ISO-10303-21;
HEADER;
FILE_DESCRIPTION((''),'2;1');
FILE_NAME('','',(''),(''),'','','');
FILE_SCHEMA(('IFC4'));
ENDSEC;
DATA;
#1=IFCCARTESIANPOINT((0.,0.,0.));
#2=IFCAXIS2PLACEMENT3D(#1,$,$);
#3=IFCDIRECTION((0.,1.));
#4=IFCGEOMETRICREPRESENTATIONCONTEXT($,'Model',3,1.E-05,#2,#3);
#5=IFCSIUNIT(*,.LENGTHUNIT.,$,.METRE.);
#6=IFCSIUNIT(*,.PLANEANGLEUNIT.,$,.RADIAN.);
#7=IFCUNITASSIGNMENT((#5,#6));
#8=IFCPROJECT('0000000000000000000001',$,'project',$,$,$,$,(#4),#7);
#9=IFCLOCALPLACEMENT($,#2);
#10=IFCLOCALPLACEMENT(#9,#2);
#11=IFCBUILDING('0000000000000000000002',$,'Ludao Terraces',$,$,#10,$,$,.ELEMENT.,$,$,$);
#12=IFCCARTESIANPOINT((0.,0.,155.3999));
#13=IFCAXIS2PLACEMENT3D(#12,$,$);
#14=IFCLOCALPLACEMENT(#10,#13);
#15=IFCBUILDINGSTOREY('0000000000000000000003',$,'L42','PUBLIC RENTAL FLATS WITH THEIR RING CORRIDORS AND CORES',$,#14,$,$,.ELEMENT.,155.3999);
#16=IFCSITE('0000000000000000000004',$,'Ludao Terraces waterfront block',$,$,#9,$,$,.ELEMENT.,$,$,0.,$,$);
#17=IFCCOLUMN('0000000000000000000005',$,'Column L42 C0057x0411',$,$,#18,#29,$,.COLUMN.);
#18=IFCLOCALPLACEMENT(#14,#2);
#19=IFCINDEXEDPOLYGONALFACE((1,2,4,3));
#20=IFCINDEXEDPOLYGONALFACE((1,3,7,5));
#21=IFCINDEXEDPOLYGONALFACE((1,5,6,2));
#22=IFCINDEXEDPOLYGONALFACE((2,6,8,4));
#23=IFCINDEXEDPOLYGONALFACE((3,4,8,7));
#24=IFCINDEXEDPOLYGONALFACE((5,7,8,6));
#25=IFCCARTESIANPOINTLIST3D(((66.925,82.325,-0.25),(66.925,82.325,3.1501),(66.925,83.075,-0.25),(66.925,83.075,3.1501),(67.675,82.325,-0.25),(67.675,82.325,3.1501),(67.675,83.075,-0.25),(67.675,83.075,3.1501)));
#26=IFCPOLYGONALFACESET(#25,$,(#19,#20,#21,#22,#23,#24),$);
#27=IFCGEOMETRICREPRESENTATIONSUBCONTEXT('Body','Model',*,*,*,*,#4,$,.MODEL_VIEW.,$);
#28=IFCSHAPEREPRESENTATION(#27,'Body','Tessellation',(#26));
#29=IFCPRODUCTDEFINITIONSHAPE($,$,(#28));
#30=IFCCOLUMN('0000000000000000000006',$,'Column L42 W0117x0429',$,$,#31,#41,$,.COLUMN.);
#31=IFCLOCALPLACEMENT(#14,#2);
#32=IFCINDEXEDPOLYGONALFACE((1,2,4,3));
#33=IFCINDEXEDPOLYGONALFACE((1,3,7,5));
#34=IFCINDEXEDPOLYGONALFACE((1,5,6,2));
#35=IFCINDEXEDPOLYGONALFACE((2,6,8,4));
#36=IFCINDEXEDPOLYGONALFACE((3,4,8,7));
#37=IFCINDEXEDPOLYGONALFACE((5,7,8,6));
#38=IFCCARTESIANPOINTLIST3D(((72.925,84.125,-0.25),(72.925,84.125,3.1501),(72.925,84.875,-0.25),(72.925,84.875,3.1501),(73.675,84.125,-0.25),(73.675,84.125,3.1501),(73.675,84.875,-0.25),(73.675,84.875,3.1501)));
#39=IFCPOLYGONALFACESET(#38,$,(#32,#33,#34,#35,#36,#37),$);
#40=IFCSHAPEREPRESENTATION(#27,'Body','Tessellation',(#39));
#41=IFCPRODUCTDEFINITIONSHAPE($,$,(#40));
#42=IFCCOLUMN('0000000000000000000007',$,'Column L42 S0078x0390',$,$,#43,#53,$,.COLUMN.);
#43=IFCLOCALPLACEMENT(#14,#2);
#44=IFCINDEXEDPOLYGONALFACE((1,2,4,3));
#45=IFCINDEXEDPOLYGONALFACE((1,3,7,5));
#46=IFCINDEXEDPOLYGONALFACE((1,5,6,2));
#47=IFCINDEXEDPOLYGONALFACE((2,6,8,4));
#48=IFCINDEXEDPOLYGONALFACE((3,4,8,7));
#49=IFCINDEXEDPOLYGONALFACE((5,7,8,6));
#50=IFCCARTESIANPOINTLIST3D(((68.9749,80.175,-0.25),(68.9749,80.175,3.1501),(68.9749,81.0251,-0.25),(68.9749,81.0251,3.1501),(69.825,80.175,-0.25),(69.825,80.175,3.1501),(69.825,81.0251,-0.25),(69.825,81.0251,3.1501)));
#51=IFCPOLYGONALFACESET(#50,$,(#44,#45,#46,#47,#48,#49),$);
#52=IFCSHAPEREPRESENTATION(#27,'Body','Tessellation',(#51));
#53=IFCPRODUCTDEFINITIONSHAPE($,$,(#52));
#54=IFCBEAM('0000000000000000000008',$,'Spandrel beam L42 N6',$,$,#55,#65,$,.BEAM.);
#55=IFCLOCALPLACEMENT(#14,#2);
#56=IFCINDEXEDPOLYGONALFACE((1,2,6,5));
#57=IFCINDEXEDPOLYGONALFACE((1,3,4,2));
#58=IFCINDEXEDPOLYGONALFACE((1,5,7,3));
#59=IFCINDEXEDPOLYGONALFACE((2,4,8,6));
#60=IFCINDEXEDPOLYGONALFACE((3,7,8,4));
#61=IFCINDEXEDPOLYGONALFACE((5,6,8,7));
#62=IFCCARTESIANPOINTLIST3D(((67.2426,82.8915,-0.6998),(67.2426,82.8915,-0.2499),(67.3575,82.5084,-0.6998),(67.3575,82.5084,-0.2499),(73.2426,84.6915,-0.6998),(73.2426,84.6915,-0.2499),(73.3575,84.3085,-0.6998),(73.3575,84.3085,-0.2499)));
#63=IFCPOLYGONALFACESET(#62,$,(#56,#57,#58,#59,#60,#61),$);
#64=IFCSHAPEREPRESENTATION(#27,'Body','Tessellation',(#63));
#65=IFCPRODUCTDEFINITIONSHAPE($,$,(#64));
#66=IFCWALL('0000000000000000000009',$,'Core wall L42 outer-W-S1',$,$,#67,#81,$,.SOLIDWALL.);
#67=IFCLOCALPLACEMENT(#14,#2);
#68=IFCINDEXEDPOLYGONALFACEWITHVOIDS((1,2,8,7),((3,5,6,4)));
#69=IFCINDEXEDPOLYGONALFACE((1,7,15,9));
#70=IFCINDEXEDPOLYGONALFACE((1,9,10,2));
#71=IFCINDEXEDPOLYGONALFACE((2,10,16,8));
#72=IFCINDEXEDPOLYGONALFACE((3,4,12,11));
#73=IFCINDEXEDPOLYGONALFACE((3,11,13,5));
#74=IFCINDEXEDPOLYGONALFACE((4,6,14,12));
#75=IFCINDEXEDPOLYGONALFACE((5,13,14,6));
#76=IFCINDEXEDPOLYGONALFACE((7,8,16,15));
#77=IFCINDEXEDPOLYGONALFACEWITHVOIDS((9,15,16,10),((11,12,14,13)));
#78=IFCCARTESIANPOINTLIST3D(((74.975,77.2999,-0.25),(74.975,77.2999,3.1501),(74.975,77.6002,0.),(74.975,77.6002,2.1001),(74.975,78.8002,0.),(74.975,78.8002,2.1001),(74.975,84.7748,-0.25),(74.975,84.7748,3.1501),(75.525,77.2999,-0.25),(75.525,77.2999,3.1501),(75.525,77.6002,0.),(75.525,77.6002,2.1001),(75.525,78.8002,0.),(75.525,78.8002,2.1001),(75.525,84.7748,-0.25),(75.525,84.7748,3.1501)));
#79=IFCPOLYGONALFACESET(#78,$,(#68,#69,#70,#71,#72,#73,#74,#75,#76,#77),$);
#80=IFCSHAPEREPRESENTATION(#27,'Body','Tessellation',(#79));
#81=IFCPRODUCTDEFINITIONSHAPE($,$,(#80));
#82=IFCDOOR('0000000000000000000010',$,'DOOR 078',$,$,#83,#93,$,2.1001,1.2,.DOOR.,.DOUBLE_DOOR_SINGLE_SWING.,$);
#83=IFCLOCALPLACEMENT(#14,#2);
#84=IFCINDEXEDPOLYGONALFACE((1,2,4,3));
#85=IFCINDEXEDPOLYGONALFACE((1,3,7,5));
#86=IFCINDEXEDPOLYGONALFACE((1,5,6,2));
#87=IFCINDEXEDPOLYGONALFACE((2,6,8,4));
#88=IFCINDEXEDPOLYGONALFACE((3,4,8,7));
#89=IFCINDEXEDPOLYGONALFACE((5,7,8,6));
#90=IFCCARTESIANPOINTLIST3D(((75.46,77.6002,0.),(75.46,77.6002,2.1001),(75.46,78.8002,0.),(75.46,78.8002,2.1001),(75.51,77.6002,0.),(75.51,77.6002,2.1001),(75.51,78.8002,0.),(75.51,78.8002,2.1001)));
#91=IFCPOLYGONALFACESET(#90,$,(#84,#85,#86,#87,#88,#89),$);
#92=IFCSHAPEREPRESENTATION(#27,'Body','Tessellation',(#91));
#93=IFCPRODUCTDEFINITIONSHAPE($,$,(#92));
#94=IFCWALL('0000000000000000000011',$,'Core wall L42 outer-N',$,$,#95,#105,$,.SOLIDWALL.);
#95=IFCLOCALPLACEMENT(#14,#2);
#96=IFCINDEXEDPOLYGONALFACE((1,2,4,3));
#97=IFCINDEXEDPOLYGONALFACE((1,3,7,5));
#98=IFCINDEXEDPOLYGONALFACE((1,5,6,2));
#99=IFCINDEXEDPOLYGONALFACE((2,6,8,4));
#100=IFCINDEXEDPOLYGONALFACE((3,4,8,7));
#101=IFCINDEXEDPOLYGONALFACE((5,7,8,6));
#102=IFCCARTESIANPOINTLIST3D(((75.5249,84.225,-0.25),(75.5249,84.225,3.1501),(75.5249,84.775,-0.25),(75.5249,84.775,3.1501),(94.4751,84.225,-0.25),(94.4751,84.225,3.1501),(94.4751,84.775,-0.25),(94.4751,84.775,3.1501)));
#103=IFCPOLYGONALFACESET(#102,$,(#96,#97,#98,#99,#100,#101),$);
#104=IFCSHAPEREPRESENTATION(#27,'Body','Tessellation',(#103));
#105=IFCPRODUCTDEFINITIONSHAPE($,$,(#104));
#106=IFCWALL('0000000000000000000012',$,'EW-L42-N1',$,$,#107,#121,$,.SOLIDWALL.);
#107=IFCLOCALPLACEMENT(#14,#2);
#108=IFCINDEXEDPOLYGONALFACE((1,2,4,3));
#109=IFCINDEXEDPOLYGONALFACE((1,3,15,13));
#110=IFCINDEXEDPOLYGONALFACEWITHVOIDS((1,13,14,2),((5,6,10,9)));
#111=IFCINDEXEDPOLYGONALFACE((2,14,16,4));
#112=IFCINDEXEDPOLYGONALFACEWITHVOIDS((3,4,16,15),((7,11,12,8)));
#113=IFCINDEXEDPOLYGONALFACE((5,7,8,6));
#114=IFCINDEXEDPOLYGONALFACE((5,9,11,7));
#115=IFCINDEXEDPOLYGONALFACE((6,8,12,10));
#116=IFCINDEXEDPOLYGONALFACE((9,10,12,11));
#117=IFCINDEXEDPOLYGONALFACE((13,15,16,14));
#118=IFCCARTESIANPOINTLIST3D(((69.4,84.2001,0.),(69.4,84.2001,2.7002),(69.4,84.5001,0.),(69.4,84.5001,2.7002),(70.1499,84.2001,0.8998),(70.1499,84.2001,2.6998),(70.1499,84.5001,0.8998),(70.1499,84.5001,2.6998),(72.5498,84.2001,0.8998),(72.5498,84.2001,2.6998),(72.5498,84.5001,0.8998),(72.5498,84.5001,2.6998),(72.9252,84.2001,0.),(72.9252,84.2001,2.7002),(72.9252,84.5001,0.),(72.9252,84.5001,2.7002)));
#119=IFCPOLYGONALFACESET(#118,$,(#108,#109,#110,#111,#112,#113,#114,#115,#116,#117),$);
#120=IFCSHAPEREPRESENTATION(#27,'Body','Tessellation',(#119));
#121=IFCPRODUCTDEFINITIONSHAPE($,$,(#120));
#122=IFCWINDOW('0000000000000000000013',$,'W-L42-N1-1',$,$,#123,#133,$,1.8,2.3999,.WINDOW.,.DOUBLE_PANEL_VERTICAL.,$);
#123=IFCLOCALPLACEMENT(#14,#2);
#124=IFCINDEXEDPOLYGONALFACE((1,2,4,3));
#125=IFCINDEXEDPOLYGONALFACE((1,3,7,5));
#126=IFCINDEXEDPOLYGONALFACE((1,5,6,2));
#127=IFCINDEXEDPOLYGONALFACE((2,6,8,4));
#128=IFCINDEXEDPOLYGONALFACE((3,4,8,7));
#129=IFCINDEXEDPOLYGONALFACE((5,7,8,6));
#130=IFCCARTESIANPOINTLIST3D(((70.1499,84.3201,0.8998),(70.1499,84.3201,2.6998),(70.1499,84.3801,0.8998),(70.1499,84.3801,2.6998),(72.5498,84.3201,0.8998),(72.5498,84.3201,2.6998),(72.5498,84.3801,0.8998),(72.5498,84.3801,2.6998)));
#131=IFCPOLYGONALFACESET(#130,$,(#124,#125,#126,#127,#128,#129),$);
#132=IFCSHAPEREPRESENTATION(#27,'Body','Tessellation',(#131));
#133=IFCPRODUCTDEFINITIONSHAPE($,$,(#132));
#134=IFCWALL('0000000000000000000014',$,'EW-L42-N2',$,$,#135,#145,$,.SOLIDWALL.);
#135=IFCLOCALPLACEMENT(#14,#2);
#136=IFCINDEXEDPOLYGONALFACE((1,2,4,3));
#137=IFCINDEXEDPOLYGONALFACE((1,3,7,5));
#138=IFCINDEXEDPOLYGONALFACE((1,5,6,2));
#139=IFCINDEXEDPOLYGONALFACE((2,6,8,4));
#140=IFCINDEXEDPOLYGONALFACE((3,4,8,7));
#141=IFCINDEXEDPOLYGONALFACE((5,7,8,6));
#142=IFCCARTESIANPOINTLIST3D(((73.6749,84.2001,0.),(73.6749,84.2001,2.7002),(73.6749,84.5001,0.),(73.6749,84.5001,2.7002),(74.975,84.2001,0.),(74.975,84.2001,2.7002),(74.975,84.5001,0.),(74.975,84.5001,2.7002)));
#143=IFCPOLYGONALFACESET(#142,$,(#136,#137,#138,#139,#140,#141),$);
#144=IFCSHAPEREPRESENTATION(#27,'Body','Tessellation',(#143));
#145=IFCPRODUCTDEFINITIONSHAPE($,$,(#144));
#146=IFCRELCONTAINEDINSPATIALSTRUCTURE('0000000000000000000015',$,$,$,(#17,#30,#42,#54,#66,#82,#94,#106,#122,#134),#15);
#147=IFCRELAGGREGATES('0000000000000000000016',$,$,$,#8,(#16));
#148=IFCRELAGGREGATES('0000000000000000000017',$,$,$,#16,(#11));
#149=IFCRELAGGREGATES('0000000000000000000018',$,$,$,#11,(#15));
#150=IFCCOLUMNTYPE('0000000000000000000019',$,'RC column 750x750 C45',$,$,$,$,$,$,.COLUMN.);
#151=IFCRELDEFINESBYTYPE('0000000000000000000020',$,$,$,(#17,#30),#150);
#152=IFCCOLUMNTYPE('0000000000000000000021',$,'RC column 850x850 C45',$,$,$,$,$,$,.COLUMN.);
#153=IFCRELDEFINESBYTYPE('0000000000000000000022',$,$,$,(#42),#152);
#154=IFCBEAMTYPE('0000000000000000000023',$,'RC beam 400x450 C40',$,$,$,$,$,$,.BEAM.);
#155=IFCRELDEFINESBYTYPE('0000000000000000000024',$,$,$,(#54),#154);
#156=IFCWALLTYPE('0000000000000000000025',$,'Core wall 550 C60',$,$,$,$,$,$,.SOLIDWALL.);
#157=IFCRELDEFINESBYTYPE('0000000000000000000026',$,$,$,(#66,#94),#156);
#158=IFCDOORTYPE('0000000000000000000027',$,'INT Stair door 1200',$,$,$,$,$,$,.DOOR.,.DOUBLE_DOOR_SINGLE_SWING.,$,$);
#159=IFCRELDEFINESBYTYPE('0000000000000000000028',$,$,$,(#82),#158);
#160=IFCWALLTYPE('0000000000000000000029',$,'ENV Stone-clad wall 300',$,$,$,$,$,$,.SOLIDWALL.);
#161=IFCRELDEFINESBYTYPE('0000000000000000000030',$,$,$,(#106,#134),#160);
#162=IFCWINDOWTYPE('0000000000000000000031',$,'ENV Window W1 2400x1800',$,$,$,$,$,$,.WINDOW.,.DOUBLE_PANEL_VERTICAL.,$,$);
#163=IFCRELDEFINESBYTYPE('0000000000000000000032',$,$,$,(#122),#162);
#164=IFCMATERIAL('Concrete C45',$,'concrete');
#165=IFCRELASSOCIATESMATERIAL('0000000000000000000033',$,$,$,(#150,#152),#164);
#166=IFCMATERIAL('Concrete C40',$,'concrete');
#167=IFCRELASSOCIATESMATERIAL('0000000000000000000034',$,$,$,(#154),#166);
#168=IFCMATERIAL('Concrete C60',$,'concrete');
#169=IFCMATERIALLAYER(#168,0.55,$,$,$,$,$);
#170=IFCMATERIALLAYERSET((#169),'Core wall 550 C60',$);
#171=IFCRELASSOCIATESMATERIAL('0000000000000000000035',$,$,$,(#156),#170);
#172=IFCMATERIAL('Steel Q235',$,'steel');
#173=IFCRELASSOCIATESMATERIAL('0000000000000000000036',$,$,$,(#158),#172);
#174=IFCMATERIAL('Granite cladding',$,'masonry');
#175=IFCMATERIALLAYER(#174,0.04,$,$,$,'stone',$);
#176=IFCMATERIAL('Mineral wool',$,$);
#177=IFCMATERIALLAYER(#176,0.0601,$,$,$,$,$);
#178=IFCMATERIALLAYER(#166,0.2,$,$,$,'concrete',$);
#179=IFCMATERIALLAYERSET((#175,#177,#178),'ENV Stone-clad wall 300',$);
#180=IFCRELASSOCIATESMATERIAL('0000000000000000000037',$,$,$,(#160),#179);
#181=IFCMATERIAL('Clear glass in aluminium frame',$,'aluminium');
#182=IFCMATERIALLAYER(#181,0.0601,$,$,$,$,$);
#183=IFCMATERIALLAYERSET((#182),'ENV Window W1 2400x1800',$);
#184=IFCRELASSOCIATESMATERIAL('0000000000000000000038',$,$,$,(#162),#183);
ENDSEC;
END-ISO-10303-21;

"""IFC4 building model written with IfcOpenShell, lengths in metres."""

from ifc_helpers import new_model, si_unit, direction, frame, frame_2d, origin, origin_2d, place, context, subcontext, project, spatial, rectangle, extrude, material, layer, layer_set, material_profile, profile_set, type_object, element, fill, save


model = new_model("IFC4")

# Units and contexts
model_context = context("Model", 3, precision=1e-05, world=origin(), true_north=direction((0.0, 1.0)))
body_context = subcontext(model_context, "Body", "Model", "MODEL_VIEW")
ifc_project = project(units=[si_unit("LENGTHUNIT", "METRE"), si_unit("PLANEANGLEUNIT", "RADIAN")], contexts=[model_context])

# Site, building, storey
site_placement = place(None, origin())
site = spatial("IfcSite", under=ifc_project, at=site_placement, Name="Ludao Terraces waterfront block", CompositionType="ELEMENT", RefElevation=0.0)
building_placement = place(site_placement, origin())
building = spatial("IfcBuilding", under=site, at=building_placement, Name="Ludao Terraces", CompositionType="ELEMENT")
storey_placement = place(building_placement, frame((0.0, 0.0, 155.3999)))
storey = spatial("IfcBuildingStorey", under=building, at=storey_placement, Name="L42", Description="PUBLIC RENTAL FLATS WITH THEIR RING CORRIDORS AND CORES", CompositionType="ELEMENT", Elevation=155.3999)

# Columns
ifc_material_1 = material(Name="Concrete C45", Category="concrete")
ifc_material_profile_1 = material_profile(ifc_material_1, rectangle(XDim=0.75, YDim=0.75, at=origin_2d()), Name="750 X 750")
ifc_profile_set_1 = profile_set([ifc_material_profile_1], Name="Concrete C45")
column_type_1 = type_object("IfcColumnType", Name="RC column 750x750 C45", PredefinedType="COLUMN", material=ifc_profile_set_1)
for number, where, z_axis, x_axis, name in (
    (1, (67.3, 82.7, -0.25), (0.0, 0.0, 1.0), (1.0, 0.0, 0.0), "Column L42 C0057x0411"),
    (2, (73.3, 84.5, -0.25), (0.0, 0.0, 1.0), (1.0, 0.0, 0.0), "Column L42 W0117x0429"),
):
    element("IfcColumn", number, at=place(storey_placement, frame(where, z_axis=z_axis, x_axis=x_axis)), inside=storey, type_object=column_type_1, Name=name, PredefinedType="COLUMN", context=body_context, shape_type="SweptSolid", body=[
        extrude(rectangle(XDim=0.75, YDim=0.75, at=origin_2d()), origin(), (0.0, 0.0, 1.0), 3.4001),
    ])
ifc_material_profile_2 = material_profile(ifc_material_1, rectangle(XDim=0.8501, YDim=0.8501, at=origin_2d()), Name="850 X 850")
ifc_profile_set_2 = profile_set([ifc_material_profile_2], Name="Concrete C45")
column_type_2 = type_object("IfcColumnType", Name="RC column 850x850 C45", PredefinedType="COLUMN", material=ifc_profile_set_2)
column_placement = place(storey_placement, frame((69.3999, 80.6001, -0.25), z_axis=(0.0, 0.0, 1.0), x_axis=(1.0, 0.0, 0.0)))
element("IfcColumn", 3, at=column_placement, inside=storey, type_object=column_type_2, Name="Column L42 S0078x0390", PredefinedType="COLUMN", context=body_context, shape_type="SweptSolid", body=[
    extrude(rectangle(XDim=0.8501, YDim=0.8501, at=origin_2d()), origin(), (0.0, 0.0, 1.0), 3.4001),
])

# Beam
ifc_material_2 = material(Name="Concrete C40", Category="concrete")
ifc_material_profile_3 = material_profile(ifc_material_2, rectangle(XDim=0.3999, YDim=0.45, at=origin_2d()), Name="400 X 450")
ifc_profile_set_3 = profile_set([ifc_material_profile_3], Name="Concrete C40")
beam_type = type_object("IfcBeamType", Name="RC beam 400x450 C40", PredefinedType="BEAM", material=ifc_profile_set_3)
beam_placement = place(storey_placement, frame((67.3, 82.7, -0.4749), z_axis=(0.957824, 0.287355, 0.0), x_axis=(-0.287355, 0.957824, 0.0)))
element("IfcBeam", 4, at=beam_placement, inside=storey, type_object=beam_type, Name="Spandrel beam L42 N6", PredefinedType="BEAM", context=body_context, shape_type="SweptSolid", body=[
    extrude(rectangle(XDim=0.3999, YDim=0.45, at=origin_2d()), origin(), (0.0, 0.0, 1.0), 6.2642),
])

# Wall, opening, door
ifc_material_3 = material(Name="Concrete C60", Category="concrete")
ifc_layer_1 = layer(ifc_material_3, 0.55)
ifc_layer_set_1 = layer_set([ifc_layer_1], Name="Core wall 550 C60")
wall_type_1 = type_object("IfcWallType", Name="Core wall 550 C60", PredefinedType="SOLIDWALL", material=ifc_layer_set_1)
wall_1_placement = place(storey_placement, frame((75.25, 77.3, -0.25), z_axis=(0.0, 0.0, 1.0), x_axis=(0.0, 1.0, 0.0)))
wall_1 = element("IfcWall", 5, at=wall_1_placement, inside=storey, type_object=wall_type_1, Name="Core wall L42 outer-W-S1", PredefinedType="SOLIDWALL", context=body_context, shape_type="SweptSolid", body=[
    extrude(rectangle(XDim=7.4749, YDim=0.55, at=frame_2d((3.7373, 0.0))), origin(), (0.0, 0.0, 1.0), 3.4001),
])
opening_1_placement = place(wall_1_placement, frame((0.3, 0.0, 0.25)))
opening_1 = element("IfcOpeningElement", 6, at=opening_1_placement, cuts=wall_1, PredefinedType="OPENING", context=body_context, shape_type="SweptSolid", body=[
    extrude(rectangle(XDim=1.2, YDim=2.1001, at=frame_2d((0.6001, 1.05))), frame((0.0, 0.2852, 0.0), z_axis=(0.0, -1.0, 0.0), x_axis=(1.0, 0.0, 0.0)), (0.0, 0.0, 1.0), 0.5701),
])
ifc_material_4 = material(Name="Steel Q235", Category="steel")
door_type_1 = type_object("IfcDoorType", Name="INT Stair door 1200", OperationType="DOUBLE_DOOR_SINGLE_SWING", PredefinedType="DOOR", material=ifc_material_4)
door_1_placement = place(opening_1_placement, origin())
door_1 = element("IfcDoor", 7, at=door_1_placement, inside=storey, type_object=door_type_1, Name="DOOR 078", OperationType="DOUBLE_DOOR_SINGLE_SWING", OverallHeight=2.1001, OverallWidth=1.2, PredefinedType="DOOR", context=body_context, shape_type="SweptSolid", body=[
    extrude(rectangle(XDim=1.2, YDim=2.1001, at=frame_2d((0.6001, 1.05))), frame((0.0, -0.21, 0.0), z_axis=(0.0, -1.0, 0.0), x_axis=(1.0, 0.0, 0.0)), (0.0, 0.0, 1.0), 0.05),
])
fill(opening_1, door_1)

# Wall
wall_2_placement = place(storey_placement, frame((75.5249, 84.5, -0.25), z_axis=(0.0, 0.0, 1.0), x_axis=(1.0, 0.0, 0.0)))
element("IfcWall", 8, at=wall_2_placement, inside=storey, type_object=wall_type_1, Name="Core wall L42 outer-N", PredefinedType="SOLIDWALL", context=body_context, shape_type="SweptSolid", body=[
    extrude(rectangle(XDim=18.9502, YDim=0.55, at=frame_2d((9.4751, 0.0))), origin(), (0.0, 0.0, 1.0), 3.4001),
])

# Wall, opening, window
ifc_material_5 = material(Name="Granite cladding", Category="masonry")
ifc_layer_2 = layer(ifc_material_5, 0.04, Category="stone")
ifc_material_6 = material(Name="Mineral wool")
ifc_layer_3 = layer(ifc_material_6, 0.0601)
ifc_layer_4 = layer(ifc_material_2, 0.2, Category="concrete")
ifc_layer_set_2 = layer_set([ifc_layer_2, ifc_layer_3, ifc_layer_4], Name="ENV Stone-clad wall 300")
wall_type_2 = type_object("IfcWallType", Name="ENV Stone-clad wall 300", PredefinedType="SOLIDWALL", material=ifc_layer_set_2)
wall_3_placement = place(storey_placement, frame((69.3999, 84.3501, 0.0), z_axis=(0.0, 0.0, 1.0), x_axis=(1.0, 0.0, 0.0)))
wall_3 = element("IfcWall", 9, at=wall_3_placement, inside=storey, type_object=wall_type_2, Name="EW-L42-N1", PredefinedType="SOLIDWALL", context=body_context, shape_type="SweptSolid", body=[
    extrude(rectangle(XDim=3.5251, YDim=0.3, at=frame_2d((1.7627, 0.0))), origin(), (0.0, 0.0, 1.0), 2.7002),
])
opening_2_placement = place(wall_3_placement, frame((0.75, 0.0, 0.8999)))
opening_2 = element("IfcOpeningElement", 10, at=opening_2_placement, cuts=wall_3, PredefinedType="OPENING", context=body_context, shape_type="SweptSolid", body=[
    extrude(rectangle(XDim=2.3999, YDim=1.8, at=frame_2d((1.2, 0.8999))), frame((0.0, 0.1602, 0.0), z_axis=(0.0, -1.0, 0.0), x_axis=(1.0, 0.0, 0.0)), (0.0, 0.0, 1.0), 0.3201),
])
ifc_material_7 = material(Name="Clear glass in aluminium frame", Category="aluminium")
ifc_layer_5 = layer(ifc_material_7, 0.0601)
ifc_layer_set_3 = layer_set([ifc_layer_5], Name="ENV Window W1 2400x1800")
window_type_1 = type_object("IfcWindowType", Name="ENV Window W1 2400x1800", PartitioningType="DOUBLE_PANEL_VERTICAL", PredefinedType="WINDOW", material=ifc_layer_set_3)
window_1_placement = place(opening_2_placement, origin())
window_1 = element("IfcWindow", 11, at=window_1_placement, inside=storey, type_object=window_type_1, Name="W-L42-N1-1", OverallHeight=1.8, OverallWidth=2.3999, PartitioningType="DOUBLE_PANEL_VERTICAL", PredefinedType="WINDOW", context=body_context, shape_type="SweptSolid", body=[
    extrude(rectangle(XDim=2.3999, YDim=1.8, at=frame_2d((1.2, 0.8999))), frame((0.0, 0.03, 0.0), z_axis=(0.0, -1.0, 0.0), x_axis=(1.0, 0.0, 0.0)), (0.0, 0.0, 1.0), 0.0601),
])
fill(opening_2, window_1)

# Wall
wall_4_placement = place(storey_placement, frame((73.675, 84.3501, 0.0), z_axis=(0.0, 0.0, 1.0), x_axis=(1.0, 0.0, 0.0)))
element("IfcWall", 12, at=wall_4_placement, inside=storey, type_object=wall_type_2, Name="EW-L42-N2", PredefinedType="SOLIDWALL", context=body_context, shape_type="SweptSolid", body=[
    extrude(rectangle(XDim=1.3, YDim=0.3, at=frame_2d((0.6499, 0.0))), origin(), (0.0, 0.0, 1.0), 2.7002),
])

save(model, "model.ifc")
